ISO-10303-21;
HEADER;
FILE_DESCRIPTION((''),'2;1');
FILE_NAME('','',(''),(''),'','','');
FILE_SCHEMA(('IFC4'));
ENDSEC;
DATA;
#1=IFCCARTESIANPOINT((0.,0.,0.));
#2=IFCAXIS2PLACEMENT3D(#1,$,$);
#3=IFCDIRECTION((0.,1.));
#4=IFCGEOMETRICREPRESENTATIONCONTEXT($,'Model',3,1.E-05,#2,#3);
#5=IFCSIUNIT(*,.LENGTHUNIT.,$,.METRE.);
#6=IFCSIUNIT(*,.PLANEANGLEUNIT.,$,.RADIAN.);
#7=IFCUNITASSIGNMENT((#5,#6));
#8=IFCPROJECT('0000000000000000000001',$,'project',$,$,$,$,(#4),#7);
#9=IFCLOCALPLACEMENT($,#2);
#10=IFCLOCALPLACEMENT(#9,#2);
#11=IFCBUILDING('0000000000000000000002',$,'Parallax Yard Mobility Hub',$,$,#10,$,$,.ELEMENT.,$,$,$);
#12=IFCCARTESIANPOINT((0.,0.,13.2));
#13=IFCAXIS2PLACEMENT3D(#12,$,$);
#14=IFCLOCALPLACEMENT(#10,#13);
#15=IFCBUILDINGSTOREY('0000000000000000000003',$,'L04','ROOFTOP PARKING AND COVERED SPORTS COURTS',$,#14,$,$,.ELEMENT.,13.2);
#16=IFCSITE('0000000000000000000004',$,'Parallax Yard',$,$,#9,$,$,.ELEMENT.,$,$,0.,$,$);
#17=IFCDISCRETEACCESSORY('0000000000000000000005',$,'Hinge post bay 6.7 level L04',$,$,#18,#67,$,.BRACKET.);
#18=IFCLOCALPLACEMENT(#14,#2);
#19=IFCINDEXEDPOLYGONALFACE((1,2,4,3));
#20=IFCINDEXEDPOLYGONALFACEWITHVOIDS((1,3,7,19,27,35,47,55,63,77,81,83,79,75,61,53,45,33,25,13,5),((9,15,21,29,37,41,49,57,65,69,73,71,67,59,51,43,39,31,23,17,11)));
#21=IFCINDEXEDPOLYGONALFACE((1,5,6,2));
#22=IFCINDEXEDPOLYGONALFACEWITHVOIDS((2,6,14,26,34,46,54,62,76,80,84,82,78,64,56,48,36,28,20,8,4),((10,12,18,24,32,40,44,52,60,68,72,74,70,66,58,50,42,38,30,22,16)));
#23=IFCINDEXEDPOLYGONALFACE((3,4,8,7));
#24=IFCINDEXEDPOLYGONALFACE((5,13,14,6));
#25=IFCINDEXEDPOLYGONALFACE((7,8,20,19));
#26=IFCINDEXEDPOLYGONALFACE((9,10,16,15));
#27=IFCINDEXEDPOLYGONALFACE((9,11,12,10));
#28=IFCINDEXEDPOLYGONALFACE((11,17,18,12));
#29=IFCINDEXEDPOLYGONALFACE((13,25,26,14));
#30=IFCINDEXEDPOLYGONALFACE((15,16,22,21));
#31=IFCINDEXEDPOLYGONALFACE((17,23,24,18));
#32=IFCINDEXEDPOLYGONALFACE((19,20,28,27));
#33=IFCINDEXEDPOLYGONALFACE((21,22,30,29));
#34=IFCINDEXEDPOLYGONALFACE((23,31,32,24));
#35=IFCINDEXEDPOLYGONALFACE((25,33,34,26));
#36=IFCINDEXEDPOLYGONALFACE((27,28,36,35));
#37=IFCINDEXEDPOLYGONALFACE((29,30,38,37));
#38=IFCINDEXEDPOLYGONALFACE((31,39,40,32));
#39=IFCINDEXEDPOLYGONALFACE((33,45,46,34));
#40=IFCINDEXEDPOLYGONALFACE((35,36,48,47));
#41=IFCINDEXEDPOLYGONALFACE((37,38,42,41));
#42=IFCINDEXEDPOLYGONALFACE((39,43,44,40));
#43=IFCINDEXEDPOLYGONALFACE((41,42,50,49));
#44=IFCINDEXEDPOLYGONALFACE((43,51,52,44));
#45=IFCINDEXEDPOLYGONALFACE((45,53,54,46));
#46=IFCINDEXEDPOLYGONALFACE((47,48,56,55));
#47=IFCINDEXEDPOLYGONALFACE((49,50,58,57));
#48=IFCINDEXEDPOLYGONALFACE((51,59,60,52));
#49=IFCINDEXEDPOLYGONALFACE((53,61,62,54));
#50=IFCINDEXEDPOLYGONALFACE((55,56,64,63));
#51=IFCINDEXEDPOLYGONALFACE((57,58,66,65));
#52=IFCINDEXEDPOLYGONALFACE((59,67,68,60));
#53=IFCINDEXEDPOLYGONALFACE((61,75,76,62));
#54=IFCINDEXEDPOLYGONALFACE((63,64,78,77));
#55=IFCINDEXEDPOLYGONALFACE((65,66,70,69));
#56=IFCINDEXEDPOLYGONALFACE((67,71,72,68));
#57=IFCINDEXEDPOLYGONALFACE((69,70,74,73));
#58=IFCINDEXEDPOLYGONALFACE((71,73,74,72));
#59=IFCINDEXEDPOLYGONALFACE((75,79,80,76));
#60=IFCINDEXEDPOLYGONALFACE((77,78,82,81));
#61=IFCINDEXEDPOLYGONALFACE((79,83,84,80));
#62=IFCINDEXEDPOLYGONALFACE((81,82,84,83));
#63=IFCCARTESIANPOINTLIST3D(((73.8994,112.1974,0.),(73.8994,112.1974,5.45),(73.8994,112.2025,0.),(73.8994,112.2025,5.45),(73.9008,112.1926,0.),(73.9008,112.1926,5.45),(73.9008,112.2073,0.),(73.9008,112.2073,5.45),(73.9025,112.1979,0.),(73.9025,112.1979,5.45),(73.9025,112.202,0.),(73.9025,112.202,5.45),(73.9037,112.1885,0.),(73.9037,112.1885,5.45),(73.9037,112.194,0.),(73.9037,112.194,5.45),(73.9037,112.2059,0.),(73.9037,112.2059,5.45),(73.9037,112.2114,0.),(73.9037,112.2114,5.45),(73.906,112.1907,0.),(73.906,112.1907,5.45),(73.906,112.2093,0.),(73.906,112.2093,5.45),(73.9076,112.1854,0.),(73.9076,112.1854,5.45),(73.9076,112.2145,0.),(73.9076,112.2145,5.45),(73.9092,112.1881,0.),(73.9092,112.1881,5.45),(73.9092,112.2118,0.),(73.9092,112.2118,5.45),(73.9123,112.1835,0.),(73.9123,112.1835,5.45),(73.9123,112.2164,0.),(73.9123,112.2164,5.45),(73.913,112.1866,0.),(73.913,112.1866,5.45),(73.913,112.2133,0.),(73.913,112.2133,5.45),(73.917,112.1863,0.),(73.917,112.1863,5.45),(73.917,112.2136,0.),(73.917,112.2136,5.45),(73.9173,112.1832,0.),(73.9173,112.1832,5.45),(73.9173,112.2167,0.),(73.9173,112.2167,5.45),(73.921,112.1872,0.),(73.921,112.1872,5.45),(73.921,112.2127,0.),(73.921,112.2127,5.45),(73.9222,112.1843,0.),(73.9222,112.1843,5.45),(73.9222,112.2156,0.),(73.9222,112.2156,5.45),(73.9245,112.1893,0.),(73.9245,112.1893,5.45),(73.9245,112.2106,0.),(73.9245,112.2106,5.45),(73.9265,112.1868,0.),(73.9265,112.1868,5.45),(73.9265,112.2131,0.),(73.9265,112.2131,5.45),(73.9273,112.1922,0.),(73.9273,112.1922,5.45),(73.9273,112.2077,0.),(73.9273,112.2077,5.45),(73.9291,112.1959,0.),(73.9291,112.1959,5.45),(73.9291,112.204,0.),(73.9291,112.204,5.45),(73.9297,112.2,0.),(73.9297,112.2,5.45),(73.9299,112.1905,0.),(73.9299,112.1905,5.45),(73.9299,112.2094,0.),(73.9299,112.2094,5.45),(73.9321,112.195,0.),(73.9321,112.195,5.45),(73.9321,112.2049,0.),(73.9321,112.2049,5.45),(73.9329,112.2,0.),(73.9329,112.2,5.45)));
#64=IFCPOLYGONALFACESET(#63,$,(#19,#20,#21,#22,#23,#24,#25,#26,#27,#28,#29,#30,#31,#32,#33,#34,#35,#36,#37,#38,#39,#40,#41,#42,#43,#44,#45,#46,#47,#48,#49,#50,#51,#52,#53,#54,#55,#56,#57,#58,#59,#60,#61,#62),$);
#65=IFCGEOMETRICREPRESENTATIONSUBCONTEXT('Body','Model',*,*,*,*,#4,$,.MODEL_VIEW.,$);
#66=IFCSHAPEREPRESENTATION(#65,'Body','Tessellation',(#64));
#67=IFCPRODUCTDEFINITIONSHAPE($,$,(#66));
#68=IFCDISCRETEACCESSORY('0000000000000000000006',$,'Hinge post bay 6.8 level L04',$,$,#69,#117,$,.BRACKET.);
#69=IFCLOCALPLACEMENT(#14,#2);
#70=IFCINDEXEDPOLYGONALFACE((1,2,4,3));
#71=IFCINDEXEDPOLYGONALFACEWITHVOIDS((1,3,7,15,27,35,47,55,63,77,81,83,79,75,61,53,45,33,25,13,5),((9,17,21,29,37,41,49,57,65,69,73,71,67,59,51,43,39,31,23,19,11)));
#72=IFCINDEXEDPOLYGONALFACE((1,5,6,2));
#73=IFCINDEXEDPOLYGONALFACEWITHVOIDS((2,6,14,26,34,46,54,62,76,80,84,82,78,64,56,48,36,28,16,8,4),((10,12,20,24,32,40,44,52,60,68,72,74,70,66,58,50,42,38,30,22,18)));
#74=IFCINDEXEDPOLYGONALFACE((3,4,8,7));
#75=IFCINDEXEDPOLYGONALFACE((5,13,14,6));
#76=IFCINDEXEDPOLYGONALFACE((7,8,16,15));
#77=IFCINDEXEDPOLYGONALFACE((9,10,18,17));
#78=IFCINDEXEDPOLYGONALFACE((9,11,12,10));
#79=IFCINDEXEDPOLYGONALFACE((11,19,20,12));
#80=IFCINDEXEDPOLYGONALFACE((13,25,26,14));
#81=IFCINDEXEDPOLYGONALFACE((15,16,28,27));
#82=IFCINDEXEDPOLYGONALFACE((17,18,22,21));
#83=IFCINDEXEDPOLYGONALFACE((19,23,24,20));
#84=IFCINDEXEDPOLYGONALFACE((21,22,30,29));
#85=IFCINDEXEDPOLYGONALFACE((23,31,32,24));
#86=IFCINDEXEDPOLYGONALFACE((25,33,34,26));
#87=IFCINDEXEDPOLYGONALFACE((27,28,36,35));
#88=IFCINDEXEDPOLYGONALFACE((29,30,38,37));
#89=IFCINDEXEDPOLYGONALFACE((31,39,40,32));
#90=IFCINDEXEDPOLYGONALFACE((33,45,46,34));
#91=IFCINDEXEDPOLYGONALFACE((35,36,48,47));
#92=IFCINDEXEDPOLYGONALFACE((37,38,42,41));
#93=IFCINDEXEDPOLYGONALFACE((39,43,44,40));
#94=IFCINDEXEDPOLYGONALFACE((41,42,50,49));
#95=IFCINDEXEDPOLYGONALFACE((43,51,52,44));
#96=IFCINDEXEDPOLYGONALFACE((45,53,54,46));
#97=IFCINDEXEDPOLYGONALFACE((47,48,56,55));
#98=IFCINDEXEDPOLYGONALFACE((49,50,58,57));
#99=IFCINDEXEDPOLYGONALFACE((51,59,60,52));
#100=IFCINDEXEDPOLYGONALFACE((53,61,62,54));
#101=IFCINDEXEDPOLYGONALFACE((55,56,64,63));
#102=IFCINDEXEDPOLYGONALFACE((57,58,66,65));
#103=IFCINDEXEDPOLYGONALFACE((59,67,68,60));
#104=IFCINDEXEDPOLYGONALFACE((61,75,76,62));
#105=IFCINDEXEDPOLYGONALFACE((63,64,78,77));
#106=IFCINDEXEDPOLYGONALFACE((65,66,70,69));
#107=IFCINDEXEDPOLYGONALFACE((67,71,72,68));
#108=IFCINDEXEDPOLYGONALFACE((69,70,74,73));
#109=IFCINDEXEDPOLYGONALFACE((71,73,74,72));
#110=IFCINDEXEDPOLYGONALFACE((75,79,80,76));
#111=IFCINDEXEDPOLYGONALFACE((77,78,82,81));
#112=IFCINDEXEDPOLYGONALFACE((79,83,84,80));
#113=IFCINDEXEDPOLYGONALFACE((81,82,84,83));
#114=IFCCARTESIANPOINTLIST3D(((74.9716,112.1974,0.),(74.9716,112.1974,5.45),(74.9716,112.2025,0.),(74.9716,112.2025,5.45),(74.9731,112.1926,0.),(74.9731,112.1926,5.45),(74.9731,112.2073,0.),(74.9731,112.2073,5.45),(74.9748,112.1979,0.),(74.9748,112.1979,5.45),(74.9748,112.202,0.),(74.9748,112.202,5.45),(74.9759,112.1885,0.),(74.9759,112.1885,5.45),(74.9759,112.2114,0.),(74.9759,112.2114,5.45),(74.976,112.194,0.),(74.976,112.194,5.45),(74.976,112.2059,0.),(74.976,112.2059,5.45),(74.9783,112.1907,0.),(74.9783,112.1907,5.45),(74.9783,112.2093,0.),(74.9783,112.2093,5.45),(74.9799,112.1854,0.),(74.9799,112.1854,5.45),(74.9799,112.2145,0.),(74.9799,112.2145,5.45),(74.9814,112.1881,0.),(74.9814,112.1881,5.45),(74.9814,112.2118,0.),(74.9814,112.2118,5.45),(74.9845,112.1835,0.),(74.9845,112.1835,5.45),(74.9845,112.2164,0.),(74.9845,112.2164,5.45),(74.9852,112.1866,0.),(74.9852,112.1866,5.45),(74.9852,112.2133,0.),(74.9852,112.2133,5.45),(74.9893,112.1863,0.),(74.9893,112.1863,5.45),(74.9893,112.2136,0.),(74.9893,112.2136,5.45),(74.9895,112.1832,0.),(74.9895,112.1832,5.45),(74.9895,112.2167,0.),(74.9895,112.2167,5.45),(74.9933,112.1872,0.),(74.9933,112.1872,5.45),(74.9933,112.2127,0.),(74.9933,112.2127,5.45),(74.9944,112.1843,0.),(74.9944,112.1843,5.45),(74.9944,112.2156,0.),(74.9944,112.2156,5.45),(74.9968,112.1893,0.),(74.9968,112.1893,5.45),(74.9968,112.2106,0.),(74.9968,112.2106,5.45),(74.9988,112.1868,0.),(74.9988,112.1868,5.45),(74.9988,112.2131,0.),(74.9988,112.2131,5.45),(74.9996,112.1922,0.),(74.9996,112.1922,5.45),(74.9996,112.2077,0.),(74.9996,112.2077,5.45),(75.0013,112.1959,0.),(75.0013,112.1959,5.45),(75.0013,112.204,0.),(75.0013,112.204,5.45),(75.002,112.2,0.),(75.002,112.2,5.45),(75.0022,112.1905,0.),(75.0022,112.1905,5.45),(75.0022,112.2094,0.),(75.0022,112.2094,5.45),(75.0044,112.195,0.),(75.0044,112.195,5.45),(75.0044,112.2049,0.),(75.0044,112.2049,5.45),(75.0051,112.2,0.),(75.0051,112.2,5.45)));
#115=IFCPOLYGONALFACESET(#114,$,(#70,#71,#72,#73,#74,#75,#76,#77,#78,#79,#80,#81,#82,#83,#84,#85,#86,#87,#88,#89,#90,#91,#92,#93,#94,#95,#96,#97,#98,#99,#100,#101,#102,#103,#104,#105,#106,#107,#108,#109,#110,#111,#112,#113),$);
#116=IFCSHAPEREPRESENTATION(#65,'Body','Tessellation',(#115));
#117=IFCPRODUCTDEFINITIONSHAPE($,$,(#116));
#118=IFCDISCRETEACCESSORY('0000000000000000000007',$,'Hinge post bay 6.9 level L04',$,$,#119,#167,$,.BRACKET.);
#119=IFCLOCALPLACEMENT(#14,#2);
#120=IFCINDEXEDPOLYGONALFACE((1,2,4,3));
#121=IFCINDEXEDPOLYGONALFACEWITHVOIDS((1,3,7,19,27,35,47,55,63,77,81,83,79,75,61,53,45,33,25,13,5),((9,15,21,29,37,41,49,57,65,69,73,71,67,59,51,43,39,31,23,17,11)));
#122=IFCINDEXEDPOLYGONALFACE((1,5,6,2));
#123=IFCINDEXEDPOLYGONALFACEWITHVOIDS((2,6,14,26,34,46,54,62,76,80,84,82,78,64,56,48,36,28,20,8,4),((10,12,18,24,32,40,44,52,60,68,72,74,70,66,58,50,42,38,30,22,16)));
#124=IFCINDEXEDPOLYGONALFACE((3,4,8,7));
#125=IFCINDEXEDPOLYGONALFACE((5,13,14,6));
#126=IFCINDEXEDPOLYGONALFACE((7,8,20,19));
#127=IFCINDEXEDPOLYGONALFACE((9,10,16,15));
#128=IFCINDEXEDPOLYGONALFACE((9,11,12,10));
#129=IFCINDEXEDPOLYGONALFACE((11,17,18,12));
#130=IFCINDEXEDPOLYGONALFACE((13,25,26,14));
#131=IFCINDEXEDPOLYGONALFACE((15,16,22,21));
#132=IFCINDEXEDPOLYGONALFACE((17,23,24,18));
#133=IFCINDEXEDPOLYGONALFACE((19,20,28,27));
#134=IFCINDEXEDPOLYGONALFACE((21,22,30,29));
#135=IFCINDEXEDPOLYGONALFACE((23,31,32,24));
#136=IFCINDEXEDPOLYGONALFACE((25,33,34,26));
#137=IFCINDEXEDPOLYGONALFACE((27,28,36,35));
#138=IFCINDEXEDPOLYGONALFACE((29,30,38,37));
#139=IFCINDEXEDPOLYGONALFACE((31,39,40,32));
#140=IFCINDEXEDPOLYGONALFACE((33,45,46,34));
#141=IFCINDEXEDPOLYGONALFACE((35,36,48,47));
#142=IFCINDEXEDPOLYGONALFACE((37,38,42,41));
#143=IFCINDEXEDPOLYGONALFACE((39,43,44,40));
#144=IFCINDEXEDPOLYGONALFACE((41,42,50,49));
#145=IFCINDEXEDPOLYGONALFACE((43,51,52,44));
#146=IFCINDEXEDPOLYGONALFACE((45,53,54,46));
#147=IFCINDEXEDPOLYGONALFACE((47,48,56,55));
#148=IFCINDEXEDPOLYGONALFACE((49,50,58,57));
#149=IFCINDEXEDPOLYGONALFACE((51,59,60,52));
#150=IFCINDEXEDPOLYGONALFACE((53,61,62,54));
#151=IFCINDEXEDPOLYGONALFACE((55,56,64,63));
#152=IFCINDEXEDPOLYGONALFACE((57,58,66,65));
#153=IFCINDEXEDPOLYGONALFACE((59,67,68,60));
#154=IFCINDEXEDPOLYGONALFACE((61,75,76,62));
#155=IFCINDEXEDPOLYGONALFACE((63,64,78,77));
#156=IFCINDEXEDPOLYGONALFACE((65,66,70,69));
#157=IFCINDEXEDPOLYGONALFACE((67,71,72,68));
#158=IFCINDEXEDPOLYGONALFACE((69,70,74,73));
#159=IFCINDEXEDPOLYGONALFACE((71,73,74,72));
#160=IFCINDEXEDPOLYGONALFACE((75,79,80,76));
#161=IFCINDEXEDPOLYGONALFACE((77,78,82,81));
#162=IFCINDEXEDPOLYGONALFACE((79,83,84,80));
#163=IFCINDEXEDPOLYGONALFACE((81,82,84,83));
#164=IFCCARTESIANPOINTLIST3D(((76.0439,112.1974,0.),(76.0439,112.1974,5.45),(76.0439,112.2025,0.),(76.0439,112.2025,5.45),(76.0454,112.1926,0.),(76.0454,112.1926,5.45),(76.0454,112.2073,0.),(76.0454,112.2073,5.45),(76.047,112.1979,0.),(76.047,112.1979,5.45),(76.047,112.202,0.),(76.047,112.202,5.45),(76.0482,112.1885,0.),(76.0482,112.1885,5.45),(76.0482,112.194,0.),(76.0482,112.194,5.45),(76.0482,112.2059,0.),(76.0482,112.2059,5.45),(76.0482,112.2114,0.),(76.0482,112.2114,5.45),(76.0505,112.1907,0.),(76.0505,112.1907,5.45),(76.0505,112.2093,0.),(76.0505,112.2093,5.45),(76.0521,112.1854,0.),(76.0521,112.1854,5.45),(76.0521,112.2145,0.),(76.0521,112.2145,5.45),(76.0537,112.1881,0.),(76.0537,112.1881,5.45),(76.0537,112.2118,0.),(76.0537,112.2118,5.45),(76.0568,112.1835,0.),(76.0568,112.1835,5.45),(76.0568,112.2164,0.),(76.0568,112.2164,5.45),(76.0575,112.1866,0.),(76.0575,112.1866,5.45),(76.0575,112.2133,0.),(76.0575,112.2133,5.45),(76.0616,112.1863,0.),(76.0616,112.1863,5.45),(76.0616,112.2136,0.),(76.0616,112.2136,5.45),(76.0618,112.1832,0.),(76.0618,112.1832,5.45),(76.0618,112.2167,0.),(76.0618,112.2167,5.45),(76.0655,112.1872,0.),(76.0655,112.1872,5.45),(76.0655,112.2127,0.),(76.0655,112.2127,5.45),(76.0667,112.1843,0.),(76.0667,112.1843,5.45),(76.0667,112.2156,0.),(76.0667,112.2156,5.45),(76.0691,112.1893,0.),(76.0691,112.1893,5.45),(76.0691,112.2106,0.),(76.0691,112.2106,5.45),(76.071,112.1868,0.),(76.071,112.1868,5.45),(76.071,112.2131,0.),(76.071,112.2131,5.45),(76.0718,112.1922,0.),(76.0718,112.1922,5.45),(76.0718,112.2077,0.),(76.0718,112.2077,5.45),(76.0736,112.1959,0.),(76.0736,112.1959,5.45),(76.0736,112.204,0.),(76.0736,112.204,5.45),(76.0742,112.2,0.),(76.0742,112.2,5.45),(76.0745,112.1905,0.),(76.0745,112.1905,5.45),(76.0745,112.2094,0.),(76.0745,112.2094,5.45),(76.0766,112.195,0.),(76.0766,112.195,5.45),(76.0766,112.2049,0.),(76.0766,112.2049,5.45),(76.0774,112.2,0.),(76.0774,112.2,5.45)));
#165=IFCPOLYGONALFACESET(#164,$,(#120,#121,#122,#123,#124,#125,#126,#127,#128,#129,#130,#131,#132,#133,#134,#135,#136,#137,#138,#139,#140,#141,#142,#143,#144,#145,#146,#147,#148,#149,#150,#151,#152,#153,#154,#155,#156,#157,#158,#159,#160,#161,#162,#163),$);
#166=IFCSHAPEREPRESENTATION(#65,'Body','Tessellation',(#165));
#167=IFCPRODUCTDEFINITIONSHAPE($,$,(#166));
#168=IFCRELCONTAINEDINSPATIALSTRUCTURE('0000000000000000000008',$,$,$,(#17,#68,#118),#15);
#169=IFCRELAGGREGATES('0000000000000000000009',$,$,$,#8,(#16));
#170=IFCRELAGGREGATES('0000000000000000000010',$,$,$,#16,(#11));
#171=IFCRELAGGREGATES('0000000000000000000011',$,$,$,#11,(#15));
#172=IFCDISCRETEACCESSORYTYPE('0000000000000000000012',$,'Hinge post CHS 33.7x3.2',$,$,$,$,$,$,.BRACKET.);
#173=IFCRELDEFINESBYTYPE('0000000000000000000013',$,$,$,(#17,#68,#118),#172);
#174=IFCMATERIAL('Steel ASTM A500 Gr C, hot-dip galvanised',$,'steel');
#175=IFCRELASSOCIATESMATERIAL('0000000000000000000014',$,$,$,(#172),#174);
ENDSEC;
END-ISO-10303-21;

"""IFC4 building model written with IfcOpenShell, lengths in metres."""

from ifc_helpers import new_model, si_unit, direction, frame, origin, origin_2d, place, context, subcontext, project, spatial, hollow_circle, extrude, material, material_profile, profile_set, type_object, element, save


model = new_model("IFC4")

# Units and contexts
model_context = context("Model", 3, precision=1e-05, world=origin(), true_north=direction((0.0, 1.0)))
body_context = subcontext(model_context, "Body", "Model", "MODEL_VIEW")
ifc_project = project(units=[si_unit("LENGTHUNIT", "METRE"), si_unit("PLANEANGLEUNIT", "RADIAN")], contexts=[model_context])

# Site, building, storey
site_placement = place(None, origin())
site = spatial("IfcSite", under=ifc_project, at=site_placement, Name="Parallax Yard", CompositionType="ELEMENT", RefElevation=0.0)
building_placement = place(site_placement, origin())
building = spatial("IfcBuilding", under=site, at=building_placement, Name="Parallax Yard Mobility Hub", CompositionType="ELEMENT")
storey_placement = place(building_placement, frame((0.0, 0.0, 13.2)))
storey = spatial("IfcBuildingStorey", under=building, at=storey_placement, Name="L04", Description="ROOFTOP PARKING AND COVERED SPORTS COURTS", CompositionType="ELEMENT", Elevation=13.2)

# Discrete accessories
ifc_material_1 = material(Name="Steel ASTM A500 Gr C, hot-dip galvanised", Category="steel")
ifc_material_profile = material_profile(ifc_material_1, hollow_circle(Radius=0.0168, WallThickness=0.0032, at=origin_2d()), Name="CHS 33.7x3.2")
ifc_profile_set = profile_set([ifc_material_profile], Name="Steel ASTM A500 Gr C, hot-dip galvanised")
discrete_accessory_type_1 = type_object("IfcDiscreteAccessoryType", Name="Hinge post CHS 33.7x3.2", PredefinedType="BRACKET", material=ifc_profile_set)
for number, where, z_axis, x_axis, name in (
    (1, (73.916, 112.2, 0.0), (0.0, 0.0, 1.0), (1.0, 0.0, 0.0), "Hinge post bay 6.7 level L04"),
    (2, (74.9883, 112.2, 0.0), (0.0, 0.0, 1.0), (1.0, 0.0, 0.0), "Hinge post bay 6.8 level L04"),
    (3, (76.0605, 112.2, 0.0), (0.0, 0.0, 1.0), (1.0, 0.0, 0.0), "Hinge post bay 6.9 level L04"),
):
    element("IfcDiscreteAccessory", number, at=place(storey_placement, frame(where, z_axis=z_axis, x_axis=x_axis)), inside=storey, type_object=discrete_accessory_type_1, Name=name, PredefinedType="BRACKET", context=body_context, shape_type="SweptSolid", body=[
        extrude(hollow_circle(Radius=0.0168, WallThickness=0.0032, at=origin_2d()), origin(), (0.0, 0.0, 1.0), 5.45),
    ])

save(model, "model.ifc")
